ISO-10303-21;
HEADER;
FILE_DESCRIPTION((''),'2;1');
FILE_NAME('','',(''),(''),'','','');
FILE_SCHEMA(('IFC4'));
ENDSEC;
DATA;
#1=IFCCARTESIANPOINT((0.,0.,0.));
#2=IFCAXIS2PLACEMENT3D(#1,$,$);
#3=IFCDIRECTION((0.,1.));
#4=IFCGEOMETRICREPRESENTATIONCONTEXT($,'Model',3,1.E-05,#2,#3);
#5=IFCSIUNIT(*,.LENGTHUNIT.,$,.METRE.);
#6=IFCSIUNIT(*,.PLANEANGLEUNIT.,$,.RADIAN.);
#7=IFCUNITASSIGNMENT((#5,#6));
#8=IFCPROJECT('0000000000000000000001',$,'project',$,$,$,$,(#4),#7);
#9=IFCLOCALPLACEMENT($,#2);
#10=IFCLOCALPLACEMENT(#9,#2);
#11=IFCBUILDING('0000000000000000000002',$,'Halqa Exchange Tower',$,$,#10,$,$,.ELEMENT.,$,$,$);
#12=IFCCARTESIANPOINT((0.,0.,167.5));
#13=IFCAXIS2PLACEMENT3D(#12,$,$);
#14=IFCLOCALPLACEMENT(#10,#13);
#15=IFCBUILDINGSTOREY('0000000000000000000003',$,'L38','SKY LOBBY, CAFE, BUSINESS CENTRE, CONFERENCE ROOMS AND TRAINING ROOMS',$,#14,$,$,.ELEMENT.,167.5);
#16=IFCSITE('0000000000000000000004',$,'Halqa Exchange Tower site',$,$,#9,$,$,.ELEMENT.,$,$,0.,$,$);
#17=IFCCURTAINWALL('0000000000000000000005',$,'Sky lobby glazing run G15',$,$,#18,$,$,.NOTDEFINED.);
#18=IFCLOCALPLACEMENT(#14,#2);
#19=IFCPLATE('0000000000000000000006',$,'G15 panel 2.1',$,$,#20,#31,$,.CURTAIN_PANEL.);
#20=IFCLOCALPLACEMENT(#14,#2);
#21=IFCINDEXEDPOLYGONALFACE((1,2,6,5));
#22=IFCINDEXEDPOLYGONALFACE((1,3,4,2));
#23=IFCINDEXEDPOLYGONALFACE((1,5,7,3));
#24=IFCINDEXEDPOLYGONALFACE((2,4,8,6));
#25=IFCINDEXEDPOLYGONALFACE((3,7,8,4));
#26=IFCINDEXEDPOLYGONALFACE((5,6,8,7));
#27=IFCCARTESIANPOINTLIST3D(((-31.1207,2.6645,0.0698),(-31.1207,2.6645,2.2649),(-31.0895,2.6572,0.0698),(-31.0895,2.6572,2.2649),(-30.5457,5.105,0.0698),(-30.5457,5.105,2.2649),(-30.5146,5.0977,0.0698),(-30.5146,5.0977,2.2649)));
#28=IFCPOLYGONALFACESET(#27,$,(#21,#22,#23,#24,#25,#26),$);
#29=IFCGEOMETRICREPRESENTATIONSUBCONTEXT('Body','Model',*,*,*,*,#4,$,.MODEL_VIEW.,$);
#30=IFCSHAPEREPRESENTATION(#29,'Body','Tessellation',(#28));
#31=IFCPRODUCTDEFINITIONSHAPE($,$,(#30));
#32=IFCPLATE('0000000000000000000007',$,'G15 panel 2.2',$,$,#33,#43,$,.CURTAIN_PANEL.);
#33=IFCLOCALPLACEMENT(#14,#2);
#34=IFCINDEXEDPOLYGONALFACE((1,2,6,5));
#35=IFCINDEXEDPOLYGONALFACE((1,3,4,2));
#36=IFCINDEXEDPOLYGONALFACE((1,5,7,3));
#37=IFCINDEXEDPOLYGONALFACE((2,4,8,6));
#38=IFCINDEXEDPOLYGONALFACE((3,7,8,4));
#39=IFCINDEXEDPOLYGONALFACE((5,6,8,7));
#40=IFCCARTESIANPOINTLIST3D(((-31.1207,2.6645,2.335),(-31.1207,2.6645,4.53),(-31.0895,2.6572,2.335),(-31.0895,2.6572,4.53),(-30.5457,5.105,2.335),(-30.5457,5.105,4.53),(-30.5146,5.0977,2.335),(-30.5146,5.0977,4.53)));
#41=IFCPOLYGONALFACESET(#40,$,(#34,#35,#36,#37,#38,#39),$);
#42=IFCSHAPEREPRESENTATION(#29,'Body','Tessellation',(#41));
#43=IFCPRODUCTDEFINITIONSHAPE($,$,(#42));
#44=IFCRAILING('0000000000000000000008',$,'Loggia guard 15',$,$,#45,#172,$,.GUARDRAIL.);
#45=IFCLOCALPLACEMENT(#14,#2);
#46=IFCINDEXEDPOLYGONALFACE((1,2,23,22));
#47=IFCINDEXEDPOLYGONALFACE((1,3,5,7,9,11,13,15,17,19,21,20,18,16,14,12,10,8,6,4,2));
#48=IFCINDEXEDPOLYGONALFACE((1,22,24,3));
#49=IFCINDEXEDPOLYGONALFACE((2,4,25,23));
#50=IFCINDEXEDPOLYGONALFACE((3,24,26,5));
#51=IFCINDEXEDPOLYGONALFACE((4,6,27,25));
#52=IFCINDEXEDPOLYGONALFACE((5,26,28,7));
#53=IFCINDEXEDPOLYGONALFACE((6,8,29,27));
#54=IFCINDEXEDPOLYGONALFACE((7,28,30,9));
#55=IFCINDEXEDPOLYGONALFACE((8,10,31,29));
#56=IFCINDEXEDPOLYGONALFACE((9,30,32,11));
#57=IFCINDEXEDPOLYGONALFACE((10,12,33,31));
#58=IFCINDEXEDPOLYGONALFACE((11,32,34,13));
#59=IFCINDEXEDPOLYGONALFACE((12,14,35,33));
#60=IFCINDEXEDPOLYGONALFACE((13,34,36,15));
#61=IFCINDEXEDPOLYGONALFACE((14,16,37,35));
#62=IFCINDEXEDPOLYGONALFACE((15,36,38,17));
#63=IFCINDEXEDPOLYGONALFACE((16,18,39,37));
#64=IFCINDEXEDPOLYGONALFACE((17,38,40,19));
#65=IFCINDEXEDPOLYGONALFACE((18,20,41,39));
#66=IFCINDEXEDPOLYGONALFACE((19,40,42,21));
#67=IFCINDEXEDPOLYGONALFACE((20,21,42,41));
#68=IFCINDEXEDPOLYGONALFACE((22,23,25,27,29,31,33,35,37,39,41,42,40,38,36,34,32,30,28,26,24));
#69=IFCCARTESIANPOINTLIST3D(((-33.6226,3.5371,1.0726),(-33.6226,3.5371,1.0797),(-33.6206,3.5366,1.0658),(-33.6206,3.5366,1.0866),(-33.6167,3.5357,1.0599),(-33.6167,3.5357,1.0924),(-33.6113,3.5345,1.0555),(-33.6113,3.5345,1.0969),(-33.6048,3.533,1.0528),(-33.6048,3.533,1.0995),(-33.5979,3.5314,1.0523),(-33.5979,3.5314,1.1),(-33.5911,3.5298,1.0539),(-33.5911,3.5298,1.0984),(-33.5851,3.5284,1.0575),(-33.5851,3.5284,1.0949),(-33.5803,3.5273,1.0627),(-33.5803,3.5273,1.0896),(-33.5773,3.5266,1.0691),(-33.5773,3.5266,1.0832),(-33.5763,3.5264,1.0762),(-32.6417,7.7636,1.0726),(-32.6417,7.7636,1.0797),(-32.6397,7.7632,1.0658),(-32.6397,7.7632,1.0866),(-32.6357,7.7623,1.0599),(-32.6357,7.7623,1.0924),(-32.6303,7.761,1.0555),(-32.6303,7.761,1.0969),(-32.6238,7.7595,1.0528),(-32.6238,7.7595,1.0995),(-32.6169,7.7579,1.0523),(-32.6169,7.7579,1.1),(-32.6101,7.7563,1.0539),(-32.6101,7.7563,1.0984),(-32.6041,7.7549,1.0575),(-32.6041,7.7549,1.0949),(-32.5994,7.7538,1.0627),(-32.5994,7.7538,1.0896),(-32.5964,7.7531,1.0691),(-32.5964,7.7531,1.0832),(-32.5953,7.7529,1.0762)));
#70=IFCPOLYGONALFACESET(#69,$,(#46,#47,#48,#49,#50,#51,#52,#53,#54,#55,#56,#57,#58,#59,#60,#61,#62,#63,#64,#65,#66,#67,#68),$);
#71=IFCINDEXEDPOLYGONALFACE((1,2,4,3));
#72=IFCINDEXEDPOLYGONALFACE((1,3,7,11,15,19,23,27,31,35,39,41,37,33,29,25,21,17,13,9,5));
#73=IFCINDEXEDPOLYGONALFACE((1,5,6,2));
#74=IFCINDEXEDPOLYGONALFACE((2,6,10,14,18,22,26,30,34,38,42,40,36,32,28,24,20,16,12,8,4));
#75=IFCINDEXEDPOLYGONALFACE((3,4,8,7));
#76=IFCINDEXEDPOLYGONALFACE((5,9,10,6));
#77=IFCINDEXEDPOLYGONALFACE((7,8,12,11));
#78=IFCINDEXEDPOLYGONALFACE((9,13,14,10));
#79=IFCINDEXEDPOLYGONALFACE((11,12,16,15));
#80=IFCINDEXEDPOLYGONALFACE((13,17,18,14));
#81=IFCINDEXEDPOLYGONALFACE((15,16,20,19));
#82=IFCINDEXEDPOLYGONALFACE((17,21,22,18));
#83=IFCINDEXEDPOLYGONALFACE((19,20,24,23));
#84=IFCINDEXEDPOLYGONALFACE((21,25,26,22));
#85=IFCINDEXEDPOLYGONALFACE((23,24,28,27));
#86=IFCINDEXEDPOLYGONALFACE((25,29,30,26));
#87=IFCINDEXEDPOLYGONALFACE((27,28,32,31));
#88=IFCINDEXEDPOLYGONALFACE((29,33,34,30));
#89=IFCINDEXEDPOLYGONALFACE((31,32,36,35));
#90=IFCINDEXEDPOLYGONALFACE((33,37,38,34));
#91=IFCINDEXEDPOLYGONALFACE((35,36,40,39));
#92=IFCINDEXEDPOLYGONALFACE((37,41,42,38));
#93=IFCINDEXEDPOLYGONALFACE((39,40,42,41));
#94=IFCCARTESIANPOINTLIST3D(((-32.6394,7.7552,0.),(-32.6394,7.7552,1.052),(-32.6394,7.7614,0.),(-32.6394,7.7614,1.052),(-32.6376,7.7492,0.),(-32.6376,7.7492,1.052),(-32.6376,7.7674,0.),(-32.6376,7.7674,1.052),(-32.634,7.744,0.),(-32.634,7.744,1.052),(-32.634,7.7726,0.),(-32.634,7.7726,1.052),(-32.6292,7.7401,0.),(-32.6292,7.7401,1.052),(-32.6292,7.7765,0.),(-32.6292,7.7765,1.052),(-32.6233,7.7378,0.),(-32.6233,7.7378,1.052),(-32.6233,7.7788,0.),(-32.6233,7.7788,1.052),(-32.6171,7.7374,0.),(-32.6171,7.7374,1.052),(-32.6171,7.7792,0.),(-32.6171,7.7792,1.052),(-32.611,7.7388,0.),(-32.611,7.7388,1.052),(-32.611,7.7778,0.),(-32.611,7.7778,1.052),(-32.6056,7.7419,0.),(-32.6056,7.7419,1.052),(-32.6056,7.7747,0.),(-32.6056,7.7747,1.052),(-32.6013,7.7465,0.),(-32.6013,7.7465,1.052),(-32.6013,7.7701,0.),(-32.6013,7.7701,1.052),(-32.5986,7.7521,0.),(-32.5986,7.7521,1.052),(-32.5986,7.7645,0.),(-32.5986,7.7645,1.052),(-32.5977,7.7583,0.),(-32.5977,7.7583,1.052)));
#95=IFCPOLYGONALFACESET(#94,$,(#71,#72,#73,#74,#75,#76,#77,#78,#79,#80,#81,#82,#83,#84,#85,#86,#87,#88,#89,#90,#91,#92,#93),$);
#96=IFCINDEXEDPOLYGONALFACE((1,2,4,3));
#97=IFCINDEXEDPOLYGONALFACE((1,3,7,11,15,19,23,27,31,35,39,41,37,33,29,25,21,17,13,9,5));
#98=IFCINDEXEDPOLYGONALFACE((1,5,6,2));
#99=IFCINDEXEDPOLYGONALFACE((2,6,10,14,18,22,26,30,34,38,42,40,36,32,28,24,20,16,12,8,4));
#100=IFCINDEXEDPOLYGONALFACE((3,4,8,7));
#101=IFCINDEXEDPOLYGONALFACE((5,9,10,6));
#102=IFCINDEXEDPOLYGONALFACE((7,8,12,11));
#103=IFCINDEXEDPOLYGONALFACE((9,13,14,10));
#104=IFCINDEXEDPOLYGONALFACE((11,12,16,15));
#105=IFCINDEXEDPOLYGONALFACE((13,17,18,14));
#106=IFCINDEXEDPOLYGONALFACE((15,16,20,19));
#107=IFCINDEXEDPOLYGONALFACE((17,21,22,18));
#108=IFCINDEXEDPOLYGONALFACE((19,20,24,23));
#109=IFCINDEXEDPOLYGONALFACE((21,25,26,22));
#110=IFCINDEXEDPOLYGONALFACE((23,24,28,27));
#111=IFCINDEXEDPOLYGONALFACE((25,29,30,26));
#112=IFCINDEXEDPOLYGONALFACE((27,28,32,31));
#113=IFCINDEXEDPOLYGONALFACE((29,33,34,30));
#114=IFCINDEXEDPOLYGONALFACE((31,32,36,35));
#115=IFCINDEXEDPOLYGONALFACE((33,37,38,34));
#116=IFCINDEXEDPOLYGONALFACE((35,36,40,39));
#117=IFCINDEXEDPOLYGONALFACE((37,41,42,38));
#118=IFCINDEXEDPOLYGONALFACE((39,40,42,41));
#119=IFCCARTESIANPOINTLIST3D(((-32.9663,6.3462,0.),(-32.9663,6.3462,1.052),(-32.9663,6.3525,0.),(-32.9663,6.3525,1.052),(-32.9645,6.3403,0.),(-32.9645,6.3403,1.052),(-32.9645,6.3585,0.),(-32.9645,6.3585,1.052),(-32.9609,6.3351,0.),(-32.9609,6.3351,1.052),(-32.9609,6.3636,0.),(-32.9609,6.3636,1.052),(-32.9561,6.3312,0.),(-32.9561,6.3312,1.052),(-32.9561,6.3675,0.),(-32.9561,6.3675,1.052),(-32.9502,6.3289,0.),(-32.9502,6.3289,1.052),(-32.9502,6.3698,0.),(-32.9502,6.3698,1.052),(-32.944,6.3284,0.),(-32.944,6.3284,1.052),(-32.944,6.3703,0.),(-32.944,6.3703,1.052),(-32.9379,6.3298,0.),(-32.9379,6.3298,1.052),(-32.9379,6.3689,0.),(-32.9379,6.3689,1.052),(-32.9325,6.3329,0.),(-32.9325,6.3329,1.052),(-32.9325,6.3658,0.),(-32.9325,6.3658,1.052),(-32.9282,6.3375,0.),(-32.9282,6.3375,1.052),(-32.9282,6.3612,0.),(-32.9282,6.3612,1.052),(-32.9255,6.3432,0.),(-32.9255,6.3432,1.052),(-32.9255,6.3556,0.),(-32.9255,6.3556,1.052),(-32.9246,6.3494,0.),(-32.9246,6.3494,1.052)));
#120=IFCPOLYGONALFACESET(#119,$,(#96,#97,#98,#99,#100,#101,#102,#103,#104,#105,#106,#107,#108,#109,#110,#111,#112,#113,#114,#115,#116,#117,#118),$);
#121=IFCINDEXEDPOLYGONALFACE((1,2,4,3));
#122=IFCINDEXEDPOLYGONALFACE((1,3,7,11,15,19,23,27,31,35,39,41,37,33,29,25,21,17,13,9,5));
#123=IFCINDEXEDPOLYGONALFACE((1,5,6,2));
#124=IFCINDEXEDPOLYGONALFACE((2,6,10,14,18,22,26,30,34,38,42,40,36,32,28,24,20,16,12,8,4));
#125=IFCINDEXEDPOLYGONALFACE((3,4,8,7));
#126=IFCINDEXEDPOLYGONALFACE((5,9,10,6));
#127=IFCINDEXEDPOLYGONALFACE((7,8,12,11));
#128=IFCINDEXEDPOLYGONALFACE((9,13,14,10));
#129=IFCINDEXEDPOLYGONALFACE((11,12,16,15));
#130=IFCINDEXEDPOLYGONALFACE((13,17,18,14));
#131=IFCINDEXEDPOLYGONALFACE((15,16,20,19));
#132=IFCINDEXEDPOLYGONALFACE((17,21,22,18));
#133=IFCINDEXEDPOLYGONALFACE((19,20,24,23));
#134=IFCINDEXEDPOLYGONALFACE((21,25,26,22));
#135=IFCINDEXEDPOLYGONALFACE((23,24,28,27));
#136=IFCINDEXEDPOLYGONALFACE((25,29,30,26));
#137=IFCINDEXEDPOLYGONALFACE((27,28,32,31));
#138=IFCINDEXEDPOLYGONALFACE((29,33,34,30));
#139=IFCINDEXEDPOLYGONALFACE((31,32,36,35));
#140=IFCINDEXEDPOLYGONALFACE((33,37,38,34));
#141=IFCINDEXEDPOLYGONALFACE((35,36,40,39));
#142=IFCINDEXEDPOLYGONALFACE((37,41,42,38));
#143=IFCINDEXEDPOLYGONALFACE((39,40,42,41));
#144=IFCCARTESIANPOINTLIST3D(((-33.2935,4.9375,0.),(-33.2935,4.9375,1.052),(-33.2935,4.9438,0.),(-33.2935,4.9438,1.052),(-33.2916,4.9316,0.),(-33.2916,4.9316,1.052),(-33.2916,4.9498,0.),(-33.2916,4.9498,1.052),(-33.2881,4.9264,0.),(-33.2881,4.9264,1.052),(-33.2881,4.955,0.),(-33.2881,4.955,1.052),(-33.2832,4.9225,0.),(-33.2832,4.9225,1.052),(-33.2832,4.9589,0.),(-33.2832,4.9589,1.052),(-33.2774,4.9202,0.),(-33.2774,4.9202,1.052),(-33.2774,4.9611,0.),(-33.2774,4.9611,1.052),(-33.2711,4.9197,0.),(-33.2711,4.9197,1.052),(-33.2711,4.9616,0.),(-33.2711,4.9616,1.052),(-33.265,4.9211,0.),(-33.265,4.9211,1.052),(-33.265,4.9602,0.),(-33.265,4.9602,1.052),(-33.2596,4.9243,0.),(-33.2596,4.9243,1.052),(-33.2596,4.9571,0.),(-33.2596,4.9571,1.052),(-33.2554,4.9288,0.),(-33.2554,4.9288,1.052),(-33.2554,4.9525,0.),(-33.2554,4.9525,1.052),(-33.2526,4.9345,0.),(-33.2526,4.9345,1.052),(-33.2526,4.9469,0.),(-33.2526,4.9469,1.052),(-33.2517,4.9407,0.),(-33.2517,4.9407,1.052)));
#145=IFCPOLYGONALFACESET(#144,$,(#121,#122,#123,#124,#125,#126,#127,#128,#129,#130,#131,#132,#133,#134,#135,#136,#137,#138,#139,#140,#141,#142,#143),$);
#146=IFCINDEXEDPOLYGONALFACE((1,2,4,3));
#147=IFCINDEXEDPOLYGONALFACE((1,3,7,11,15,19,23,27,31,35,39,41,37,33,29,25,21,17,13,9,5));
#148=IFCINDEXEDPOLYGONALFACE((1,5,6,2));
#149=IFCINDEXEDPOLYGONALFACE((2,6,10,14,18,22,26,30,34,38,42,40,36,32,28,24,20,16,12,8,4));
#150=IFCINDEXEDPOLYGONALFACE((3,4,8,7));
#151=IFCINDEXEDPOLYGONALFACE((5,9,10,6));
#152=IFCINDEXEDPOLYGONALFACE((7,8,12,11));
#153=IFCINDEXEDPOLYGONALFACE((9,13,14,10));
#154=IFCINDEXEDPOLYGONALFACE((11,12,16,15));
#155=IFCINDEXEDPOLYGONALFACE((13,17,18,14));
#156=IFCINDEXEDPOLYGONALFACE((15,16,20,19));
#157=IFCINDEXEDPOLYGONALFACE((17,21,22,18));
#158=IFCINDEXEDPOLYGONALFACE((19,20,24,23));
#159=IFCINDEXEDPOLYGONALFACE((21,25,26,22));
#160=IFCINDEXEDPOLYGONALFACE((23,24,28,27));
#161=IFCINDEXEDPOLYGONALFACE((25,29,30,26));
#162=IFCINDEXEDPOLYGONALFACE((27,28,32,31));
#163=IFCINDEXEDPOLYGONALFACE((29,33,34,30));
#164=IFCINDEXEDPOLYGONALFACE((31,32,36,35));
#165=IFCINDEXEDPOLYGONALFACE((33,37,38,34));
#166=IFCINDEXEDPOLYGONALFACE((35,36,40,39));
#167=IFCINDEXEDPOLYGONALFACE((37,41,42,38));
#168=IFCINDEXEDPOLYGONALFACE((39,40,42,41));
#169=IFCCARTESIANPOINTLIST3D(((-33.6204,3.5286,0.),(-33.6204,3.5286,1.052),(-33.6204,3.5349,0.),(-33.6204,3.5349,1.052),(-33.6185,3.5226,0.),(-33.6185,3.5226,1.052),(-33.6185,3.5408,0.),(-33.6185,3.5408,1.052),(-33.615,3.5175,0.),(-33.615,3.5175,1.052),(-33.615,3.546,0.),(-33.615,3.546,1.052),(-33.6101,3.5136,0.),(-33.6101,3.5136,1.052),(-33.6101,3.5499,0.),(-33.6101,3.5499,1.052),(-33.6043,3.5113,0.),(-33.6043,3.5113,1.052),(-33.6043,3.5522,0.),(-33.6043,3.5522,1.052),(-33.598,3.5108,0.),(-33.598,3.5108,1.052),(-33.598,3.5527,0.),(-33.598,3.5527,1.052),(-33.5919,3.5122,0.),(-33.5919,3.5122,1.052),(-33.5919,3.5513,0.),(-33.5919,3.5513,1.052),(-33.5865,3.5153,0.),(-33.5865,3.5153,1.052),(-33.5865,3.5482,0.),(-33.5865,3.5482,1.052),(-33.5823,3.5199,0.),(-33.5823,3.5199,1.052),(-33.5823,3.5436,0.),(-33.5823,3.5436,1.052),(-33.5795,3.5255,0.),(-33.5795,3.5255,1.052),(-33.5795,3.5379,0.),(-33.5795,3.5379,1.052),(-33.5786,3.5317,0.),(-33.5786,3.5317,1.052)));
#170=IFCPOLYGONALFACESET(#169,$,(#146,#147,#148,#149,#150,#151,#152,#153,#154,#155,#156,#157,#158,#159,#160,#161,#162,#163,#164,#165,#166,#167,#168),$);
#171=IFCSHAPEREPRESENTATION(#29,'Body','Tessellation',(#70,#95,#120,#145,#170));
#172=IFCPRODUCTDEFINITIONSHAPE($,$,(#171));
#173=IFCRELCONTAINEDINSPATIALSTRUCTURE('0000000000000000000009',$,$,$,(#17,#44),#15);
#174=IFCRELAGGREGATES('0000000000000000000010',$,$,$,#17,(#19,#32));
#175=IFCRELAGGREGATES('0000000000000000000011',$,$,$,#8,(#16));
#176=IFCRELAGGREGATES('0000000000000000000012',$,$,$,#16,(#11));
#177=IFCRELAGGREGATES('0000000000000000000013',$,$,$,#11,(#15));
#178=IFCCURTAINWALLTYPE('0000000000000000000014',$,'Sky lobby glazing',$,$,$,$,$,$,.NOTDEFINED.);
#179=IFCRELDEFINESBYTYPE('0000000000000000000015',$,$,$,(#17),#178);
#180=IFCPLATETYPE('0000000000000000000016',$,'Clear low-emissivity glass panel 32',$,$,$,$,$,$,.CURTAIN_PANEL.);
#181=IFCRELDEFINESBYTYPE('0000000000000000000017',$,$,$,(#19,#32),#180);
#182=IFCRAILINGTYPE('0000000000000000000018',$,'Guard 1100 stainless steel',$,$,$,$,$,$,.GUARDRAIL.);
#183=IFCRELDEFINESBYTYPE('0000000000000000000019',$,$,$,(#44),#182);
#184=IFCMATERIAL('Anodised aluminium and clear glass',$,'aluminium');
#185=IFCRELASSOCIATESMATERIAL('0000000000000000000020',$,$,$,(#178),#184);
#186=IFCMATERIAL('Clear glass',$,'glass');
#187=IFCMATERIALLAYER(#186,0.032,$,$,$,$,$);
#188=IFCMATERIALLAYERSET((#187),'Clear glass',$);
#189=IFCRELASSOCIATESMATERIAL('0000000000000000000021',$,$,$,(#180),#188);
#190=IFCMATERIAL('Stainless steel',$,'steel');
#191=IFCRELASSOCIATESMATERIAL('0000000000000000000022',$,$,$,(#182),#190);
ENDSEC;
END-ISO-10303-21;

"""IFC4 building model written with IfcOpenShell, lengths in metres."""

from ifc_helpers import new_model, si_unit, direction, frame, origin, origin_2d, place, context, subcontext, project, spatial, rectangle, circle, extrude, material, layer, layer_set, type_object, element, aggregate, save


model = new_model("IFC4")

# Units and contexts
model_context = context("Model", 3, precision=1e-05, world=origin(), true_north=direction((0.0, 1.0)))
body_context = subcontext(model_context, "Body", "Model", "MODEL_VIEW")
ifc_project = project(units=[si_unit("LENGTHUNIT", "METRE"), si_unit("PLANEANGLEUNIT", "RADIAN")], contexts=[model_context])

# Site, building, storey
site_placement = place(None, origin())
site = spatial("IfcSite", under=ifc_project, at=site_placement, Name="Halqa Exchange Tower site", CompositionType="ELEMENT", RefElevation=0.0)
building_placement = place(site_placement, origin())
building = spatial("IfcBuilding", under=site, at=building_placement, Name="Halqa Exchange Tower", CompositionType="ELEMENT")
storey_placement = place(building_placement, frame((0.0, 0.0, 167.5)))
storey = spatial("IfcBuildingStorey", under=building, at=storey_placement, Name="L38", Description="SKY LOBBY, CAFE, BUSINESS CENTRE, CONFERENCE ROOMS AND TRAINING ROOMS", CompositionType="ELEMENT", Elevation=167.5)

# Curtain wall, plates
ifc_material_1 = material(Name="Anodised aluminium and clear glass", Category="aluminium")
curtain_wall_type = type_object("IfcCurtainWallType", Name="Sky lobby glazing", PredefinedType="NOTDEFINED", material=ifc_material_1)
curtain_wall_placement = place(storey_placement, origin())
curtain_wall = element("IfcCurtainWall", 1, at=curtain_wall_placement, inside=storey, type_object=curtain_wall_type, Name="Sky lobby glazing run G15", PredefinedType="NOTDEFINED")
ifc_material_2 = material(Name="Clear glass", Category="glass")
ifc_layer_1 = layer(ifc_material_2, 0.032)
ifc_layer_set_1 = layer_set([ifc_layer_1], Name="Clear glass")
plate_type = type_object("IfcPlateType", Name="Clear low-emissivity glass panel 32", PredefinedType="CURTAIN_PANEL", material=ifc_layer_set_1)
plate_1_placement = place(storey_placement, frame((-30.8176, 3.8811, 0.0698), z_axis=(0.0, 0.0, 1.0), x_axis=(-0.229318, -0.973352, 0.0)))
plate_1 = element("IfcPlate", 2, at=plate_1_placement, type_object=plate_type, Name="G15 panel 2.1", PredefinedType="CURTAIN_PANEL", context=body_context, shape_type="SweptSolid", body=[
    extrude(rectangle(XDim=2.5073, YDim=0.032, at=origin_2d()), origin(), (0.0, 0.0, 1.0), 2.1951),
])
plate_2_placement = place(storey_placement, frame((-30.8176, 3.8811, 2.335), z_axis=(0.0, 0.0, 1.0), x_axis=(-0.229318, -0.973352, 0.0)))
plate_2 = element("IfcPlate", 3, at=plate_2_placement, type_object=plate_type, Name="G15 panel 2.2", PredefinedType="CURTAIN_PANEL", context=body_context, shape_type="SweptSolid", body=[
    extrude(rectangle(XDim=2.5073, YDim=0.032, at=origin_2d()), origin(), (0.0, 0.0, 1.0), 2.1951),
])
aggregate(curtain_wall, [plate_1, plate_2])

# Railing
ifc_material_3 = material(Name="Stainless steel", Category="steel")
railing_type = type_object("IfcRailingType", Name="Guard 1100 stainless steel", PredefinedType="GUARDRAIL", material=ifc_material_3)
railing_1_placement = place(storey_placement, frame((-32.6187, 7.7583, 0.0)))
element("IfcRailing", 4, at=railing_1_placement, inside=storey, type_object=railing_type, Name="Loggia guard 15", PredefinedType="GUARDRAIL", context=body_context, shape_type="SweptSolid", body=[
    extrude(circle(Radius=0.0239, at=origin_2d()), frame((0.0, 0.0, 1.0762), z_axis=(-0.226084, -0.974108, 0.0), x_axis=(0.974108, -0.226084, 0.0)), (0.0, 0.0, 1.0), 4.3389),
    extrude(circle(Radius=0.021, at=origin_2d()), origin(), (0.0, 0.0, 1.0), 1.052),
    extrude(circle(Radius=0.021, at=origin_2d()), frame((-0.3269, -1.4089, 0.0)), (0.0, 0.0, 1.0), 1.052),
    extrude(circle(Radius=0.021, at=origin_2d()), frame((-0.6541, -2.8176, 0.0)), (0.0, 0.0, 1.0), 1.052),
    extrude(circle(Radius=0.021, at=origin_2d()), frame((-0.981, -4.2266, 0.0)), (0.0, 0.0, 1.0), 1.052),
])

save(model, "model.ifc")
